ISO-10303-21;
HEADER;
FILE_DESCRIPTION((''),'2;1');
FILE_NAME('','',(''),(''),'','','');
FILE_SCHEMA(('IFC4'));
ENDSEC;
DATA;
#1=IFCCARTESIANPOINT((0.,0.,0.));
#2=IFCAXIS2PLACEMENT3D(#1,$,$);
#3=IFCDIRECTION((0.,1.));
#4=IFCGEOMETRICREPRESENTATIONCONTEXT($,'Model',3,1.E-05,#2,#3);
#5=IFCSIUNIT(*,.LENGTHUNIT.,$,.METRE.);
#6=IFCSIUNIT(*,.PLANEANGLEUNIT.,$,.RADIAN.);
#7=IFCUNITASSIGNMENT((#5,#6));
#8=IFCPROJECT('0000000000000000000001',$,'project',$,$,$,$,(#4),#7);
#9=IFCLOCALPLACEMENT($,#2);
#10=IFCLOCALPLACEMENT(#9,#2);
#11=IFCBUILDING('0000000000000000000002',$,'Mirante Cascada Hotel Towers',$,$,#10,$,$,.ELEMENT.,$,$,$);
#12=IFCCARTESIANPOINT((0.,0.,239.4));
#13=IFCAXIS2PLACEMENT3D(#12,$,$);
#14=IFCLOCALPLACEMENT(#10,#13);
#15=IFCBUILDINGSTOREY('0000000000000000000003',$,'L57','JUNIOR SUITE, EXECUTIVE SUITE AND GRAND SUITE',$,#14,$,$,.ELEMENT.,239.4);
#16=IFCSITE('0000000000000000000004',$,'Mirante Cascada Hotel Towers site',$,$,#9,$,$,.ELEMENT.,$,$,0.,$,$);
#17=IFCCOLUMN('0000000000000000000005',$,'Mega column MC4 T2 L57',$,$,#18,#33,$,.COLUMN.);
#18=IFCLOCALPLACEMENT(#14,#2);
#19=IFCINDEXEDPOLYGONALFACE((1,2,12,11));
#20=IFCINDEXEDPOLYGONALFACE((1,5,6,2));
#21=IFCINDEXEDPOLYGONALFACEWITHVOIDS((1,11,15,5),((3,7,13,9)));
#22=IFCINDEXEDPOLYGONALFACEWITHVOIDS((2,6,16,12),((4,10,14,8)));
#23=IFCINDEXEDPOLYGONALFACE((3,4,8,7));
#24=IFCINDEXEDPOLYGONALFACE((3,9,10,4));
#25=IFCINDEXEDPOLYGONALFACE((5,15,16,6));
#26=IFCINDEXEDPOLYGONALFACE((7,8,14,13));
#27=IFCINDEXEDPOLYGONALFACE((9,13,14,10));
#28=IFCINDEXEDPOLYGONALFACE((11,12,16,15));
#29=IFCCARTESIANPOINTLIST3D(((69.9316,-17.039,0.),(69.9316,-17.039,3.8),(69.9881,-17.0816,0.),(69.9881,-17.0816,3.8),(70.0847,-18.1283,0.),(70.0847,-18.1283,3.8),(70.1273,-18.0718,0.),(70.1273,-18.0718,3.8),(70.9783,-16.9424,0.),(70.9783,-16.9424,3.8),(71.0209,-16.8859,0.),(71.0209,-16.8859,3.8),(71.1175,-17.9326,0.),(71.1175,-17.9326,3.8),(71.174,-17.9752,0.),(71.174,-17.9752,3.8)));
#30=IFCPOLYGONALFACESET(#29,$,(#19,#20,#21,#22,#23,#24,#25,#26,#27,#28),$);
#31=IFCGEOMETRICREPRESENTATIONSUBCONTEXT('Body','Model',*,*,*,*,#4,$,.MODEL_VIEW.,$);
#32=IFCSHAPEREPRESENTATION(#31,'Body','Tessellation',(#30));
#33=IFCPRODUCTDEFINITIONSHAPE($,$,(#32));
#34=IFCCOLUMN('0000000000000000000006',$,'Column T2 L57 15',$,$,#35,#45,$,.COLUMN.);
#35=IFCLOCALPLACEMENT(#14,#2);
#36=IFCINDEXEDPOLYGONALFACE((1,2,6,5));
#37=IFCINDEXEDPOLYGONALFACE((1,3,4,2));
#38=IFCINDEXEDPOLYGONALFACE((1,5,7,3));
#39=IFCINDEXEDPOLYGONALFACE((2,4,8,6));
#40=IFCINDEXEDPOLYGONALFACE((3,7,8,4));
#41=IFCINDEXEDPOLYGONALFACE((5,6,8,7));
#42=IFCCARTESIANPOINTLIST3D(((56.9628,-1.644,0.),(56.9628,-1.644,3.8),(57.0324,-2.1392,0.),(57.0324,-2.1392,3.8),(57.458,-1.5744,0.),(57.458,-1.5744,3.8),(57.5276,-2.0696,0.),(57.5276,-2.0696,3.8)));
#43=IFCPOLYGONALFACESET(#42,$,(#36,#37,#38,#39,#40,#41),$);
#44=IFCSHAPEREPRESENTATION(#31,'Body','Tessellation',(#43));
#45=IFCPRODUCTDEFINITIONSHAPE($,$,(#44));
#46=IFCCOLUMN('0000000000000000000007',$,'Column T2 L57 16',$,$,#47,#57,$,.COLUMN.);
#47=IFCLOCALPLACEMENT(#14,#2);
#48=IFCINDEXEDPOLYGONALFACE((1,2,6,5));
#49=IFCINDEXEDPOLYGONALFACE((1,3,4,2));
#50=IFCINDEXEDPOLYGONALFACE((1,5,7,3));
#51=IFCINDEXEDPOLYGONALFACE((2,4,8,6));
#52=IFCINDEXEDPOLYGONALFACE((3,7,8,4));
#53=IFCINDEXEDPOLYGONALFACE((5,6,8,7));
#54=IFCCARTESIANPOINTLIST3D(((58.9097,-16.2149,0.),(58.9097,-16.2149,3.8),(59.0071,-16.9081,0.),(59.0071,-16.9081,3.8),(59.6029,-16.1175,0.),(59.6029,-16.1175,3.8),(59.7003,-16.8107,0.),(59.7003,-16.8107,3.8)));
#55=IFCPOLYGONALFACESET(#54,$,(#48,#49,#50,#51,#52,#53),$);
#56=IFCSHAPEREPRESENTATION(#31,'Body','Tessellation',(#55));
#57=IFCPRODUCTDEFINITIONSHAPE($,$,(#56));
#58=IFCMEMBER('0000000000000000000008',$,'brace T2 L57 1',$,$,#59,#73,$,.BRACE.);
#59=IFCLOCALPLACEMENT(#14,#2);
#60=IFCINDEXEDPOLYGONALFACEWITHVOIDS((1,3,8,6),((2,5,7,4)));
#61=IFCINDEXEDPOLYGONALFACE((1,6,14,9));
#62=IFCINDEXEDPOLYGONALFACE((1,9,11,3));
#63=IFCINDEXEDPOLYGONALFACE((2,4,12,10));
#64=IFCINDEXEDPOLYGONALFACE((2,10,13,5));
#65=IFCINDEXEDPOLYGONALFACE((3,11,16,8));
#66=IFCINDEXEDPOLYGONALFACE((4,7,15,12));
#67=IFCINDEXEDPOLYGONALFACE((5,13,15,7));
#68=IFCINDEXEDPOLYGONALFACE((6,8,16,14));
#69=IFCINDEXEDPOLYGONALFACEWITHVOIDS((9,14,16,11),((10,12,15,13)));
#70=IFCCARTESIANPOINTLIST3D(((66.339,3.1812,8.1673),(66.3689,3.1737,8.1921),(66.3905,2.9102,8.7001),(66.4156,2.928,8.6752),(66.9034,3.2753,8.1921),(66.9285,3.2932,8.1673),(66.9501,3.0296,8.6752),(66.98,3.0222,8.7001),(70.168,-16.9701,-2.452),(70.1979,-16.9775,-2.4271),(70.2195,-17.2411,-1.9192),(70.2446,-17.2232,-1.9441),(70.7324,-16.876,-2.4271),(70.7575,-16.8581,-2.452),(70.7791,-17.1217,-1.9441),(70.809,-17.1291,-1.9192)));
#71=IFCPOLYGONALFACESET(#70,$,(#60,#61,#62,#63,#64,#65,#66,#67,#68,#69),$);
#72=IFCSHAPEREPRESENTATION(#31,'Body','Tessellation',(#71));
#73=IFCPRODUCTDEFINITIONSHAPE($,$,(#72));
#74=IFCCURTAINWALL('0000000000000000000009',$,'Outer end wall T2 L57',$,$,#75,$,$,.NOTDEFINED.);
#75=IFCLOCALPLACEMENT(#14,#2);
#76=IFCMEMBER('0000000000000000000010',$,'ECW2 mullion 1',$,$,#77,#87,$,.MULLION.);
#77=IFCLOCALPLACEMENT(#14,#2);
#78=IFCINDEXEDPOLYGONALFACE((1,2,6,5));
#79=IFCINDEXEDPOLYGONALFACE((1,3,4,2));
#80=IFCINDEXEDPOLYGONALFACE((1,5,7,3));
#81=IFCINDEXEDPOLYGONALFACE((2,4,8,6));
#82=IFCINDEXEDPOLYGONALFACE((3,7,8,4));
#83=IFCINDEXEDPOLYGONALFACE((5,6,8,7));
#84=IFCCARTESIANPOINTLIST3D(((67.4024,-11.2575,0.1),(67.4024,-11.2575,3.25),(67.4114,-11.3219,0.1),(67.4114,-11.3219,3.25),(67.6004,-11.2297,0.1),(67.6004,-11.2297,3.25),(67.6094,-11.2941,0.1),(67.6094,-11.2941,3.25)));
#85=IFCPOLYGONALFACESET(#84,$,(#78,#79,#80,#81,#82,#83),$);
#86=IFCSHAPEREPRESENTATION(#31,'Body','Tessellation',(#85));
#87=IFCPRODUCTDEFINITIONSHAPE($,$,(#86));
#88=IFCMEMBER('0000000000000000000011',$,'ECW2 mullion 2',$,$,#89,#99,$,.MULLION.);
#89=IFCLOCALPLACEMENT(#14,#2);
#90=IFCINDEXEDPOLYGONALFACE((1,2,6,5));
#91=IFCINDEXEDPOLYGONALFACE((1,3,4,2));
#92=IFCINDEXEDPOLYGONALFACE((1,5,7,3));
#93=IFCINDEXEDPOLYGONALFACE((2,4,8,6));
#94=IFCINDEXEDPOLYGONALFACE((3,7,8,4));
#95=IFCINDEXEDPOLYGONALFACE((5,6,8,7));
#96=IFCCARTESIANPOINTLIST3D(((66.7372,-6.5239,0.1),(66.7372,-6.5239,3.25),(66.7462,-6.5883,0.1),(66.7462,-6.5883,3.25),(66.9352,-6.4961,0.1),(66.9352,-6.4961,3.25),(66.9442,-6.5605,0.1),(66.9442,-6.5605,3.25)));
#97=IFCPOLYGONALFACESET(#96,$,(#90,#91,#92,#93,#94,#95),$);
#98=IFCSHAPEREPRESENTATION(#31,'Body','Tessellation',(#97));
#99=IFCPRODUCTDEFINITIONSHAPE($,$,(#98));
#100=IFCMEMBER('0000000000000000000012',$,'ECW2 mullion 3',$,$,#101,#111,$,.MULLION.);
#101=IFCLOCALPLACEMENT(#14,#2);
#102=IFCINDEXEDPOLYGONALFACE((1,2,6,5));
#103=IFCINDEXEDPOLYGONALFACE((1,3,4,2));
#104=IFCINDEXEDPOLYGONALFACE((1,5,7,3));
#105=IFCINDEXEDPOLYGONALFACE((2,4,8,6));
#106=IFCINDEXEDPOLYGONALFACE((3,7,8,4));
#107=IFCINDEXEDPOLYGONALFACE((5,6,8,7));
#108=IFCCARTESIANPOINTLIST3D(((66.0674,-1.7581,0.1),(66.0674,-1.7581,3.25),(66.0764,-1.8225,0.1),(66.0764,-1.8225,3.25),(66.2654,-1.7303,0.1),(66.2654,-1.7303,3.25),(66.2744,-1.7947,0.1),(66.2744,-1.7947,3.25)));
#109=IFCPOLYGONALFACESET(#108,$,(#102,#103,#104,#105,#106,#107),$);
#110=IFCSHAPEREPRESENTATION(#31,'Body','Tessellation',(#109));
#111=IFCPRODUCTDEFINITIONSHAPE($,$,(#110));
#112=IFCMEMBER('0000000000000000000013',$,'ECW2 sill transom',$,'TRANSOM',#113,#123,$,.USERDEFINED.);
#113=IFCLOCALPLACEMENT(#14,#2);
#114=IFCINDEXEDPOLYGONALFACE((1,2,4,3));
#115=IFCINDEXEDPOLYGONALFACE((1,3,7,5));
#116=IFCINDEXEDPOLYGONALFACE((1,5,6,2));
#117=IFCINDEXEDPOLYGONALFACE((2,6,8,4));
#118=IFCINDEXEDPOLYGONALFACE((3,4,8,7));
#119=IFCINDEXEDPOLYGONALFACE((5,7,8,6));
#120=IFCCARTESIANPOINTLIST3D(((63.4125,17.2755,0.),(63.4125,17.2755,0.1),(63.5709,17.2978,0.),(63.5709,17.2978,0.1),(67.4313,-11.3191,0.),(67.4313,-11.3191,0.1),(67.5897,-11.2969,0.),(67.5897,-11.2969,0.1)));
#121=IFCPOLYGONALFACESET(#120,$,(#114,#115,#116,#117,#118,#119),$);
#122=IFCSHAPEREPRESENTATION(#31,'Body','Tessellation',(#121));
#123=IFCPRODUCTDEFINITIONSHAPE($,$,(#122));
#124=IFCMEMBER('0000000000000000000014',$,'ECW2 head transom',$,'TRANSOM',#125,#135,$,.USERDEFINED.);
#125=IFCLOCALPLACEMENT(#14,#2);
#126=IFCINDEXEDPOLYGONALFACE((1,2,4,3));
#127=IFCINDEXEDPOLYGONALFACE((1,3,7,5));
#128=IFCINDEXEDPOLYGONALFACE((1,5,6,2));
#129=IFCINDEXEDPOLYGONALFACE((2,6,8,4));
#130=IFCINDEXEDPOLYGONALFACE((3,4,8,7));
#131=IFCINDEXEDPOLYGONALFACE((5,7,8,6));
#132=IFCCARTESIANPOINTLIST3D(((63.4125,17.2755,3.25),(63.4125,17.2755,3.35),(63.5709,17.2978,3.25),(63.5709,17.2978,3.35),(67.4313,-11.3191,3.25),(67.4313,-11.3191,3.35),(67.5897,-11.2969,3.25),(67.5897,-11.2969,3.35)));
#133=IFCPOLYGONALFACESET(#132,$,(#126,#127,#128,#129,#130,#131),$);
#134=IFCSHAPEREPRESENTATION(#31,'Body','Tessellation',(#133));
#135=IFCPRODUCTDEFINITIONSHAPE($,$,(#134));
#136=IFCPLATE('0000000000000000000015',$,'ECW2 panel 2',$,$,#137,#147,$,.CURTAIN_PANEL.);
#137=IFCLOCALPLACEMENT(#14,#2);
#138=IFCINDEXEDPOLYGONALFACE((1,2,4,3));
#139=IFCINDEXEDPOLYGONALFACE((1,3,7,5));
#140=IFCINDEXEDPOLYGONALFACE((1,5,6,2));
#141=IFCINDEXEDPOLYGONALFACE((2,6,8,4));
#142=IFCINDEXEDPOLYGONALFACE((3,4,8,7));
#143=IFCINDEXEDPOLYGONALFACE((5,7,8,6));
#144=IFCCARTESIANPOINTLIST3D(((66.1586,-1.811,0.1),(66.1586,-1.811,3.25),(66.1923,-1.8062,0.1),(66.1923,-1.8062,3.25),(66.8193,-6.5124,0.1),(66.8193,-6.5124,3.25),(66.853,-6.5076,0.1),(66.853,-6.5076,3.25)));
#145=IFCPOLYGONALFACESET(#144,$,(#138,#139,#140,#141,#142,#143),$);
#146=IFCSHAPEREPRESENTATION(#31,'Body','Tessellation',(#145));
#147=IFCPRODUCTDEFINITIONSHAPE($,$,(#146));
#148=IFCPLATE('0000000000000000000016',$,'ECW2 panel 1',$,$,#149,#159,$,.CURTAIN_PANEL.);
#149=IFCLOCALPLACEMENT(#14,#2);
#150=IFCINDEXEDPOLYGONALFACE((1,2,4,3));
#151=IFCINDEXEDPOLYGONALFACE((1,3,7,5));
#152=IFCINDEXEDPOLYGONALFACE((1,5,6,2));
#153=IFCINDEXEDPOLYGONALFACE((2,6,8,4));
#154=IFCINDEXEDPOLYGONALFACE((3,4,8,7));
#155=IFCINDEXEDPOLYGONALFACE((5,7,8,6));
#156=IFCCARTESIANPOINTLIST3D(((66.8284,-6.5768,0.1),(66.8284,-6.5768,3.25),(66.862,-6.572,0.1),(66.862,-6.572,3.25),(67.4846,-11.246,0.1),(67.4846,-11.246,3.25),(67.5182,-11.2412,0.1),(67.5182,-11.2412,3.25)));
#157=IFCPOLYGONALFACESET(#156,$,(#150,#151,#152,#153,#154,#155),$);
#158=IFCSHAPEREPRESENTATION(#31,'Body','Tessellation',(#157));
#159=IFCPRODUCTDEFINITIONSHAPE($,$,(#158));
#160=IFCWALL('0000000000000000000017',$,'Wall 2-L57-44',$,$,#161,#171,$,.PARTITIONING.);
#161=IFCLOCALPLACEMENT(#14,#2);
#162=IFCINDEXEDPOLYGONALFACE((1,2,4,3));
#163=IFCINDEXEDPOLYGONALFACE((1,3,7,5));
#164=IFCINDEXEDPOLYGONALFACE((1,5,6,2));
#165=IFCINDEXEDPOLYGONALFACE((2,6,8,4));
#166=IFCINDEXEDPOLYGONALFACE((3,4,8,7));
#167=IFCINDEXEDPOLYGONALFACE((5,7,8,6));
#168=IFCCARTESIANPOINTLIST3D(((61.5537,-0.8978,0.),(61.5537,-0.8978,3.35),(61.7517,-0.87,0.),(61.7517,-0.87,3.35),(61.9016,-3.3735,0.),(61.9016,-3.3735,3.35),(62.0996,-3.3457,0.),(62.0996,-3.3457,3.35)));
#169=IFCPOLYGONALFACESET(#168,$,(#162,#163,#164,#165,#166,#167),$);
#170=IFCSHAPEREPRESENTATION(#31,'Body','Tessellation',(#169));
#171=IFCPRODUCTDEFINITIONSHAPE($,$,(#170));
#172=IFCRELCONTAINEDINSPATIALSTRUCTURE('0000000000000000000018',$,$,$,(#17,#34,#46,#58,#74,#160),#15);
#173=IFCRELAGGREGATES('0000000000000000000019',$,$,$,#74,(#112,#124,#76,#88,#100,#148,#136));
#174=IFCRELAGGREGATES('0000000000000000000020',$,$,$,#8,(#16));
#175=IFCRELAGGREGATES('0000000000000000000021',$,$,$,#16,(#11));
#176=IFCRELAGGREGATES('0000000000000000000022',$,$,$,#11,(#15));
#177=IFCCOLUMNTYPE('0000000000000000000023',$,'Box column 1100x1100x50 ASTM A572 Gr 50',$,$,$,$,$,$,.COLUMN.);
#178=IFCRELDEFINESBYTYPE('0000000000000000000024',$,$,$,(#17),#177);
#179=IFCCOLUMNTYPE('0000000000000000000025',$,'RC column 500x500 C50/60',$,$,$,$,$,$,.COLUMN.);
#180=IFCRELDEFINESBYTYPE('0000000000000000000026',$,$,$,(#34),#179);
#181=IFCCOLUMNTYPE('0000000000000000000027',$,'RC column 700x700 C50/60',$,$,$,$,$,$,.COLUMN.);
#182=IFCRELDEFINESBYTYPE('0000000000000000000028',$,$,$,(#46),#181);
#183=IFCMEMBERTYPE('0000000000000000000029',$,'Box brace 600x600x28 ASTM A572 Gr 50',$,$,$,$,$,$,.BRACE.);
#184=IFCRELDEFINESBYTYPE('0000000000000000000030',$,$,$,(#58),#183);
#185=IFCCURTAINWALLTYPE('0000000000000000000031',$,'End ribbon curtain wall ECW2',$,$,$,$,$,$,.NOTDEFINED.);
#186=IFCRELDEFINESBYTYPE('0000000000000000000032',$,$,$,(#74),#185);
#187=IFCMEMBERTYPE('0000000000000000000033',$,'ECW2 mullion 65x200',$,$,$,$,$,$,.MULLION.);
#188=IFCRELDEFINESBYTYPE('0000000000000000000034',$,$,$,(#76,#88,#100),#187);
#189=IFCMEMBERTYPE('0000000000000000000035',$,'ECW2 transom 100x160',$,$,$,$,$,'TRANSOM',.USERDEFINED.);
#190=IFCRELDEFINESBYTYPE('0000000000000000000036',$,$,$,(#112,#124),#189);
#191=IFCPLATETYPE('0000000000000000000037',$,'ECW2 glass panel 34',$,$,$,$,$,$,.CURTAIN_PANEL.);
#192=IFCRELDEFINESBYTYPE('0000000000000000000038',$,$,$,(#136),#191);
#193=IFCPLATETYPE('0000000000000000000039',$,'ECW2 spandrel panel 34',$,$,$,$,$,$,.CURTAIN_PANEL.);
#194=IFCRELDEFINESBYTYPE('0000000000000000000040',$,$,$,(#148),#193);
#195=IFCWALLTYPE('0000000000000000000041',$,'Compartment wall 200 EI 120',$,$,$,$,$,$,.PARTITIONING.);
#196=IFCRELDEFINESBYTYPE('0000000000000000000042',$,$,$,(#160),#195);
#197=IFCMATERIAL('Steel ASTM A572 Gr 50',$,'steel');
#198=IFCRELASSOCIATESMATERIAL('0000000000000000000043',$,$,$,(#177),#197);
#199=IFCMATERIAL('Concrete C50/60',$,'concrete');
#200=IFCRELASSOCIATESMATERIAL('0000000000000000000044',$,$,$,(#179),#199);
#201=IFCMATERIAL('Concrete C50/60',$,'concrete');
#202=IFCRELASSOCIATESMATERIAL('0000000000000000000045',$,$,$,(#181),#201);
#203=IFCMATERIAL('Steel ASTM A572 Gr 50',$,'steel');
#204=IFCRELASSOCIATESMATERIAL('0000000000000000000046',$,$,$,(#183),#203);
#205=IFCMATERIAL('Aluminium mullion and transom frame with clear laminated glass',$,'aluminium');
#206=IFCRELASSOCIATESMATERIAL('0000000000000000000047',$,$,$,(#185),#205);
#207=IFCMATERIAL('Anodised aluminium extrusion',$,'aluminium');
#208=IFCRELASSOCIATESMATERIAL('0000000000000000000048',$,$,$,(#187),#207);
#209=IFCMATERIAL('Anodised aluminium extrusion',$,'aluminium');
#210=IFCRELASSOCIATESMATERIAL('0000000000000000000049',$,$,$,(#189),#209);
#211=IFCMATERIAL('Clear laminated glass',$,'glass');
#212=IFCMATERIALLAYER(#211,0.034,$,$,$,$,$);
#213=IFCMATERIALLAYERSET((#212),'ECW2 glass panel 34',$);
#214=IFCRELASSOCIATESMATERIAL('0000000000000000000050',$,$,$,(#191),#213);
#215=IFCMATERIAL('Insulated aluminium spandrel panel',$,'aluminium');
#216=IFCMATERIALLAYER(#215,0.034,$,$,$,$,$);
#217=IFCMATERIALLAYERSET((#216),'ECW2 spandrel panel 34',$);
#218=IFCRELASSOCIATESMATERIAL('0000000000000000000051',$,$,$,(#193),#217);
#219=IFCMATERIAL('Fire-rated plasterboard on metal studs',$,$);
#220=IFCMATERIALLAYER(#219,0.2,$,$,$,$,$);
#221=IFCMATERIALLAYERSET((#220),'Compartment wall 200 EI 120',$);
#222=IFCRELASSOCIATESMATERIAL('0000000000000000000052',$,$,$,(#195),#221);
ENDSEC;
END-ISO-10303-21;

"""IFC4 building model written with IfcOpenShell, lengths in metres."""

from ifc_helpers import new_model, si_unit, direction, frame, frame_2d, origin, origin_2d, place, context, subcontext, project, spatial, rectangle, hollow_rectangle, extrude, material, layer, layer_set, material_profile, profile_set, type_object, element, aggregate, save


model = new_model("IFC4")

# Units and contexts
model_context = context("Model", 3, precision=1e-05, world=origin(), true_north=direction((0.0, 1.0)))
body_context = subcontext(model_context, "Body", "Model", "MODEL_VIEW")
ifc_project = project(units=[si_unit("LENGTHUNIT", "METRE"), si_unit("PLANEANGLEUNIT", "RADIAN")], contexts=[model_context])

# Site, building, storey
site_placement = place(None, origin())
site = spatial("IfcSite", under=ifc_project, at=site_placement, Name="Mirante Cascada Hotel Towers site", CompositionType="ELEMENT", RefElevation=0.0)
building_placement = place(site_placement, origin())
building = spatial("IfcBuilding", under=site, at=building_placement, Name="Mirante Cascada Hotel Towers", CompositionType="ELEMENT")
storey_placement = place(building_placement, frame((0.0, 0.0, 239.4)))
storey = spatial("IfcBuildingStorey", under=building, at=storey_placement, Name="L57", Description="JUNIOR SUITE, EXECUTIVE SUITE AND GRAND SUITE", CompositionType="ELEMENT", Elevation=239.4)

# Columns
ifc_material_1 = material(Name="Steel ASTM A572 Gr 50", Category="steel")
ifc_material_profile_1 = material_profile(ifc_material_1, hollow_rectangle(XDim=1.1, YDim=1.1, WallThickness=0.05, at=origin_2d()), Name="Box column 1100x1100x50 ASTM A572 Gr 50")
ifc_profile_set_1 = profile_set([ifc_material_profile_1], Name="Steel ASTM A572 Gr 50")
column_type_1 = type_object("IfcColumnType", Name="Box column 1100x1100x50 ASTM A572 Gr 50", PredefinedType="COLUMN", material=ifc_profile_set_1)
column_1_placement = place(storey_placement, frame((70.5528, -17.5071, 0.0), z_axis=(0.0, 0.0, 1.0), x_axis=(0.990268, 0.139173, 0.0)))
element("IfcColumn", 1, at=column_1_placement, inside=storey, type_object=column_type_1, Name="Mega column MC4 T2 L57", PredefinedType="COLUMN", context=body_context, shape_type="SweptSolid", body=[
    extrude(hollow_rectangle(XDim=1.1, YDim=1.1, WallThickness=0.05, at=origin_2d()), origin(), (0.0, 0.0, 1.0), 3.8),
])
ifc_material_2 = material(Name="Concrete C50/60", Category="concrete")
ifc_material_profile_2 = material_profile(ifc_material_2, rectangle(XDim=0.5, YDim=0.5, at=origin_2d()), Name="RC column 500x500 C50/60")
ifc_profile_set_2 = profile_set([ifc_material_profile_2], Name="Concrete C50/60")
column_type_2 = type_object("IfcColumnType", Name="RC column 500x500 C50/60", PredefinedType="COLUMN", material=ifc_profile_set_2)
column_2_placement = place(storey_placement, frame((57.2452, -1.8568, 0.0), z_axis=(0.0, 0.0, 1.0), x_axis=(0.990268, 0.139173, 0.0)))
element("IfcColumn", 2, at=column_2_placement, inside=storey, type_object=column_type_2, Name="Column T2 L57 15", PredefinedType="COLUMN", context=body_context, shape_type="SweptSolid", body=[
    extrude(rectangle(XDim=0.5, YDim=0.5, at=origin_2d()), origin(), (0.0, 0.0, 1.0), 3.8),
])
ifc_material_3 = material(Name="Concrete C50/60", Category="concrete")
ifc_material_profile_3 = material_profile(ifc_material_3, rectangle(XDim=0.7, YDim=0.7, at=origin_2d()), Name="RC column 700x700 C50/60")
ifc_profile_set_3 = profile_set([ifc_material_profile_3], Name="Concrete C50/60")
column_type_3 = type_object("IfcColumnType", Name="RC column 700x700 C50/60", PredefinedType="COLUMN", material=ifc_profile_set_3)
column_3_placement = place(storey_placement, frame((59.305, -16.5128, 0.0), z_axis=(0.0, 0.0, 1.0), x_axis=(0.990268, 0.139173, 0.0)))
element("IfcColumn", 3, at=column_3_placement, inside=storey, type_object=column_type_3, Name="Column T2 L57 16", PredefinedType="COLUMN", context=body_context, shape_type="SweptSolid", body=[
    extrude(rectangle(XDim=0.7, YDim=0.7, at=origin_2d()), origin(), (0.0, 0.0, 1.0), 3.8),
])

# Member
ifc_material_4 = material(Name="Steel ASTM A572 Gr 50", Category="steel")
ifc_material_profile_4 = material_profile(ifc_material_4, hollow_rectangle(XDim=0.6, YDim=0.6, WallThickness=0.028, at=origin_2d()), Name="Box brace 600x600x28 ASTM A572 Gr 50")
ifc_profile_set_4 = profile_set([ifc_material_profile_4], Name="Steel ASTM A572 Gr 50")
member_type_1 = type_object("IfcMemberType", Name="Box brace 600x600x28 ASTM A572 Gr 50", PredefinedType="BRACE", material=ifc_profile_set_4)
member_1_placement = place(storey_placement, frame((70.4885, -17.0496, -2.1856), z_axis=(-0.165774, 0.872436, 0.459755), x_axis=(-0.982422, -0.186673, 0.0)))
element("IfcMember", 4, at=member_1_placement, inside=storey, type_object=member_type_1, Name="brace T2 L57 1", PredefinedType="BRACE", context=body_context, shape_type="SweptSolid", body=[
    extrude(hollow_rectangle(XDim=0.6, YDim=0.6, WallThickness=0.028, at=origin_2d()), origin(), (0.0, 0.0, 1.0), 23.0977),
])

# Curtain wall, members, plates
ifc_material_5 = material(Name="Aluminium mullion and transom frame with clear laminated glass", Category="aluminium")
curtain_wall_type = type_object("IfcCurtainWallType", Name="End ribbon curtain wall ECW2", PredefinedType="NOTDEFINED", material=ifc_material_5)
curtain_wall_placement = place(storey_placement, origin())
curtain_wall = element("IfcCurtainWall", 5, at=curtain_wall_placement, inside=storey, type_object=curtain_wall_type, Name="Outer end wall T2 L57", PredefinedType="NOTDEFINED")
ifc_material_6 = material(Name="Anodised aluminium extrusion", Category="aluminium")
ifc_material_profile_5 = material_profile(ifc_material_6, rectangle(XDim=0.2, YDim=0.065, at=origin_2d()), Name="ECW2 MULLION 65x200")
ifc_profile_set_5 = profile_set([ifc_material_profile_5], Name="Anodised aluminium extrusion")
member_type_2 = type_object("IfcMemberType", Name="ECW2 mullion 65x200", PredefinedType="MULLION", material=ifc_profile_set_5)
member_2_placement = place(storey_placement, frame((67.5059, -11.2758, 0.1), z_axis=(0.0, 0.0, 1.0), x_axis=(-0.990268, -0.139173, 0.0)))
member_2 = element("IfcMember", 6, at=member_2_placement, type_object=member_type_2, Name="ECW2 mullion 1", PredefinedType="MULLION", context=body_context, shape_type="SweptSolid", body=[
    extrude(rectangle(XDim=0.2, YDim=0.065, at=origin_2d()), origin(), (0.0, 0.0, 1.0), 3.15),
])
member_3_placement = place(storey_placement, frame((66.8407, -6.5422, 0.1), z_axis=(0.0, 0.0, 1.0), x_axis=(-0.990268, -0.139173, 0.0)))
member_3 = element("IfcMember", 7, at=member_3_placement, type_object=member_type_2, Name="ECW2 mullion 2", PredefinedType="MULLION", context=body_context, shape_type="SweptSolid", body=[
    extrude(rectangle(XDim=0.2, YDim=0.065, at=origin_2d()), origin(), (0.0, 0.0, 1.0), 3.15),
])
member_4_placement = place(storey_placement, frame((66.1709, -1.7764, 0.1), z_axis=(0.0, 0.0, 1.0), x_axis=(-0.990268, -0.139173, 0.0)))
member_4 = element("IfcMember", 8, at=member_4_placement, type_object=member_type_2, Name="ECW2 mullion 3", PredefinedType="MULLION", context=body_context, shape_type="SweptSolid", body=[
    extrude(rectangle(XDim=0.2, YDim=0.065, at=origin_2d()), origin(), (0.0, 0.0, 1.0), 3.15),
])
ifc_material_7 = material(Name="Anodised aluminium extrusion", Category="aluminium")
ifc_material_profile_6 = material_profile(ifc_material_7, rectangle(XDim=0.16, YDim=0.1, at=origin_2d()), Name="ECW2 TRANSOM 100x160")
ifc_profile_set_6 = profile_set([ifc_material_profile_6], Name="Anodised aluminium extrusion")
member_type_3 = type_object("IfcMemberType", Name="ECW2 transom 100x160", ElementType="TRANSOM", PredefinedType="USERDEFINED", material=ifc_profile_set_6)
member_5_placement = place(storey_placement, frame((67.5105, -11.308, 0.05), z_axis=(-0.139176, 0.990268, 0.0), x_axis=(-0.990268, -0.139176, 0.0)))
member_5 = element("IfcMember", 9, at=member_5_placement, type_object=member_type_3, Name="ECW2 sill transom", ObjectType="TRANSOM", PredefinedType="USERDEFINED", context=body_context, shape_type="SweptSolid", body=[
    extrude(rectangle(XDim=0.16, YDim=0.1, at=origin_2d()), origin(), (0.0, 0.0, 1.0), 28.8757),
])
member_6_placement = place(storey_placement, frame((67.5105, -11.308, 3.3), z_axis=(-0.139176, 0.990268, 0.0), x_axis=(-0.990268, -0.139176, 0.0)))
member_6 = element("IfcMember", 10, at=member_6_placement, type_object=member_type_3, Name="ECW2 head transom", ObjectType="TRANSOM", PredefinedType="USERDEFINED", context=body_context, shape_type="SweptSolid", body=[
    extrude(rectangle(XDim=0.16, YDim=0.1, at=origin_2d()), origin(), (0.0, 0.0, 1.0), 28.8757),
])
ifc_material_8 = material(Name="Clear laminated glass", Category="glass")
ifc_layer_1 = layer(ifc_material_8, 0.034)
ifc_layer_set_1 = layer_set([ifc_layer_1], Name="ECW2 glass panel 34")
plate_type_1 = type_object("IfcPlateType", Name="ECW2 glass panel 34", PredefinedType="CURTAIN_PANEL", material=ifc_layer_set_1)
plate_1_placement = place(storey_placement, frame((66.5058, -4.1593, 0.1), z_axis=(0.0, 0.0, 1.0), x_axis=(-0.139173, 0.990268, 0.0)))
plate_1 = element("IfcPlate", 11, at=plate_1_placement, type_object=plate_type_1, Name="ECW2 panel 2", PredefinedType="CURTAIN_PANEL", context=body_context, shape_type="SweptSolid", body=[
    extrude(rectangle(XDim=4.7476, YDim=0.034, at=origin_2d()), origin(), (0.0, 0.0, 1.0), 3.15),
])
ifc_material_9 = material(Name="Insulated aluminium spandrel panel", Category="aluminium")
ifc_layer_2 = layer(ifc_material_9, 0.034)
ifc_layer_set_2 = layer_set([ifc_layer_2], Name="ECW2 spandrel panel 34")
plate_type_2 = type_object("IfcPlateType", Name="ECW2 spandrel panel 34", PredefinedType="CURTAIN_PANEL", material=ifc_layer_set_2)
plate_2_placement = place(storey_placement, frame((67.1733, -8.909, 0.1), z_axis=(0.0, 0.0, 1.0), x_axis=(-0.139173, 0.990268, 0.0)))
plate_2 = element("IfcPlate", 12, at=plate_2_placement, type_object=plate_type_2, Name="ECW2 panel 1", PredefinedType="CURTAIN_PANEL", context=body_context, shape_type="SweptSolid", body=[
    extrude(rectangle(XDim=4.7151, YDim=0.034, at=origin_2d()), origin(), (0.0, 0.0, 1.0), 3.15),
])
aggregate(curtain_wall, [member_5, member_6, member_2, member_3, member_4, plate_2, plate_1])

# Wall
ifc_material_10 = material(Name="Fire-rated plasterboard on metal studs")
ifc_layer_3 = layer(ifc_material_10, 0.2)
ifc_layer_set_3 = layer_set([ifc_layer_3], Name="Compartment wall 200 EI 120")
wall_type_1 = type_object("IfcWallType", Name="Compartment wall 200 EI 120", PredefinedType="PARTITIONING", material=ifc_layer_set_3)
wall_1_placement = place(storey_placement, frame((62.0006, -3.3596, 0.0), z_axis=(0.0, 0.0, 1.0), x_axis=(-0.139159, 0.99027, 0.0)))
element("IfcWall", 13, at=wall_1_placement, inside=storey, type_object=wall_type_1, Name="Wall 2-L57-44", PredefinedType="PARTITIONING", context=body_context, shape_type="SweptSolid", body=[
    extrude(rectangle(XDim=2.5, YDim=0.2, at=frame_2d((1.25, 0.0))), origin(), (0.0, 0.0, 1.0), 3.35),
])

save(model, "model.ifc")
